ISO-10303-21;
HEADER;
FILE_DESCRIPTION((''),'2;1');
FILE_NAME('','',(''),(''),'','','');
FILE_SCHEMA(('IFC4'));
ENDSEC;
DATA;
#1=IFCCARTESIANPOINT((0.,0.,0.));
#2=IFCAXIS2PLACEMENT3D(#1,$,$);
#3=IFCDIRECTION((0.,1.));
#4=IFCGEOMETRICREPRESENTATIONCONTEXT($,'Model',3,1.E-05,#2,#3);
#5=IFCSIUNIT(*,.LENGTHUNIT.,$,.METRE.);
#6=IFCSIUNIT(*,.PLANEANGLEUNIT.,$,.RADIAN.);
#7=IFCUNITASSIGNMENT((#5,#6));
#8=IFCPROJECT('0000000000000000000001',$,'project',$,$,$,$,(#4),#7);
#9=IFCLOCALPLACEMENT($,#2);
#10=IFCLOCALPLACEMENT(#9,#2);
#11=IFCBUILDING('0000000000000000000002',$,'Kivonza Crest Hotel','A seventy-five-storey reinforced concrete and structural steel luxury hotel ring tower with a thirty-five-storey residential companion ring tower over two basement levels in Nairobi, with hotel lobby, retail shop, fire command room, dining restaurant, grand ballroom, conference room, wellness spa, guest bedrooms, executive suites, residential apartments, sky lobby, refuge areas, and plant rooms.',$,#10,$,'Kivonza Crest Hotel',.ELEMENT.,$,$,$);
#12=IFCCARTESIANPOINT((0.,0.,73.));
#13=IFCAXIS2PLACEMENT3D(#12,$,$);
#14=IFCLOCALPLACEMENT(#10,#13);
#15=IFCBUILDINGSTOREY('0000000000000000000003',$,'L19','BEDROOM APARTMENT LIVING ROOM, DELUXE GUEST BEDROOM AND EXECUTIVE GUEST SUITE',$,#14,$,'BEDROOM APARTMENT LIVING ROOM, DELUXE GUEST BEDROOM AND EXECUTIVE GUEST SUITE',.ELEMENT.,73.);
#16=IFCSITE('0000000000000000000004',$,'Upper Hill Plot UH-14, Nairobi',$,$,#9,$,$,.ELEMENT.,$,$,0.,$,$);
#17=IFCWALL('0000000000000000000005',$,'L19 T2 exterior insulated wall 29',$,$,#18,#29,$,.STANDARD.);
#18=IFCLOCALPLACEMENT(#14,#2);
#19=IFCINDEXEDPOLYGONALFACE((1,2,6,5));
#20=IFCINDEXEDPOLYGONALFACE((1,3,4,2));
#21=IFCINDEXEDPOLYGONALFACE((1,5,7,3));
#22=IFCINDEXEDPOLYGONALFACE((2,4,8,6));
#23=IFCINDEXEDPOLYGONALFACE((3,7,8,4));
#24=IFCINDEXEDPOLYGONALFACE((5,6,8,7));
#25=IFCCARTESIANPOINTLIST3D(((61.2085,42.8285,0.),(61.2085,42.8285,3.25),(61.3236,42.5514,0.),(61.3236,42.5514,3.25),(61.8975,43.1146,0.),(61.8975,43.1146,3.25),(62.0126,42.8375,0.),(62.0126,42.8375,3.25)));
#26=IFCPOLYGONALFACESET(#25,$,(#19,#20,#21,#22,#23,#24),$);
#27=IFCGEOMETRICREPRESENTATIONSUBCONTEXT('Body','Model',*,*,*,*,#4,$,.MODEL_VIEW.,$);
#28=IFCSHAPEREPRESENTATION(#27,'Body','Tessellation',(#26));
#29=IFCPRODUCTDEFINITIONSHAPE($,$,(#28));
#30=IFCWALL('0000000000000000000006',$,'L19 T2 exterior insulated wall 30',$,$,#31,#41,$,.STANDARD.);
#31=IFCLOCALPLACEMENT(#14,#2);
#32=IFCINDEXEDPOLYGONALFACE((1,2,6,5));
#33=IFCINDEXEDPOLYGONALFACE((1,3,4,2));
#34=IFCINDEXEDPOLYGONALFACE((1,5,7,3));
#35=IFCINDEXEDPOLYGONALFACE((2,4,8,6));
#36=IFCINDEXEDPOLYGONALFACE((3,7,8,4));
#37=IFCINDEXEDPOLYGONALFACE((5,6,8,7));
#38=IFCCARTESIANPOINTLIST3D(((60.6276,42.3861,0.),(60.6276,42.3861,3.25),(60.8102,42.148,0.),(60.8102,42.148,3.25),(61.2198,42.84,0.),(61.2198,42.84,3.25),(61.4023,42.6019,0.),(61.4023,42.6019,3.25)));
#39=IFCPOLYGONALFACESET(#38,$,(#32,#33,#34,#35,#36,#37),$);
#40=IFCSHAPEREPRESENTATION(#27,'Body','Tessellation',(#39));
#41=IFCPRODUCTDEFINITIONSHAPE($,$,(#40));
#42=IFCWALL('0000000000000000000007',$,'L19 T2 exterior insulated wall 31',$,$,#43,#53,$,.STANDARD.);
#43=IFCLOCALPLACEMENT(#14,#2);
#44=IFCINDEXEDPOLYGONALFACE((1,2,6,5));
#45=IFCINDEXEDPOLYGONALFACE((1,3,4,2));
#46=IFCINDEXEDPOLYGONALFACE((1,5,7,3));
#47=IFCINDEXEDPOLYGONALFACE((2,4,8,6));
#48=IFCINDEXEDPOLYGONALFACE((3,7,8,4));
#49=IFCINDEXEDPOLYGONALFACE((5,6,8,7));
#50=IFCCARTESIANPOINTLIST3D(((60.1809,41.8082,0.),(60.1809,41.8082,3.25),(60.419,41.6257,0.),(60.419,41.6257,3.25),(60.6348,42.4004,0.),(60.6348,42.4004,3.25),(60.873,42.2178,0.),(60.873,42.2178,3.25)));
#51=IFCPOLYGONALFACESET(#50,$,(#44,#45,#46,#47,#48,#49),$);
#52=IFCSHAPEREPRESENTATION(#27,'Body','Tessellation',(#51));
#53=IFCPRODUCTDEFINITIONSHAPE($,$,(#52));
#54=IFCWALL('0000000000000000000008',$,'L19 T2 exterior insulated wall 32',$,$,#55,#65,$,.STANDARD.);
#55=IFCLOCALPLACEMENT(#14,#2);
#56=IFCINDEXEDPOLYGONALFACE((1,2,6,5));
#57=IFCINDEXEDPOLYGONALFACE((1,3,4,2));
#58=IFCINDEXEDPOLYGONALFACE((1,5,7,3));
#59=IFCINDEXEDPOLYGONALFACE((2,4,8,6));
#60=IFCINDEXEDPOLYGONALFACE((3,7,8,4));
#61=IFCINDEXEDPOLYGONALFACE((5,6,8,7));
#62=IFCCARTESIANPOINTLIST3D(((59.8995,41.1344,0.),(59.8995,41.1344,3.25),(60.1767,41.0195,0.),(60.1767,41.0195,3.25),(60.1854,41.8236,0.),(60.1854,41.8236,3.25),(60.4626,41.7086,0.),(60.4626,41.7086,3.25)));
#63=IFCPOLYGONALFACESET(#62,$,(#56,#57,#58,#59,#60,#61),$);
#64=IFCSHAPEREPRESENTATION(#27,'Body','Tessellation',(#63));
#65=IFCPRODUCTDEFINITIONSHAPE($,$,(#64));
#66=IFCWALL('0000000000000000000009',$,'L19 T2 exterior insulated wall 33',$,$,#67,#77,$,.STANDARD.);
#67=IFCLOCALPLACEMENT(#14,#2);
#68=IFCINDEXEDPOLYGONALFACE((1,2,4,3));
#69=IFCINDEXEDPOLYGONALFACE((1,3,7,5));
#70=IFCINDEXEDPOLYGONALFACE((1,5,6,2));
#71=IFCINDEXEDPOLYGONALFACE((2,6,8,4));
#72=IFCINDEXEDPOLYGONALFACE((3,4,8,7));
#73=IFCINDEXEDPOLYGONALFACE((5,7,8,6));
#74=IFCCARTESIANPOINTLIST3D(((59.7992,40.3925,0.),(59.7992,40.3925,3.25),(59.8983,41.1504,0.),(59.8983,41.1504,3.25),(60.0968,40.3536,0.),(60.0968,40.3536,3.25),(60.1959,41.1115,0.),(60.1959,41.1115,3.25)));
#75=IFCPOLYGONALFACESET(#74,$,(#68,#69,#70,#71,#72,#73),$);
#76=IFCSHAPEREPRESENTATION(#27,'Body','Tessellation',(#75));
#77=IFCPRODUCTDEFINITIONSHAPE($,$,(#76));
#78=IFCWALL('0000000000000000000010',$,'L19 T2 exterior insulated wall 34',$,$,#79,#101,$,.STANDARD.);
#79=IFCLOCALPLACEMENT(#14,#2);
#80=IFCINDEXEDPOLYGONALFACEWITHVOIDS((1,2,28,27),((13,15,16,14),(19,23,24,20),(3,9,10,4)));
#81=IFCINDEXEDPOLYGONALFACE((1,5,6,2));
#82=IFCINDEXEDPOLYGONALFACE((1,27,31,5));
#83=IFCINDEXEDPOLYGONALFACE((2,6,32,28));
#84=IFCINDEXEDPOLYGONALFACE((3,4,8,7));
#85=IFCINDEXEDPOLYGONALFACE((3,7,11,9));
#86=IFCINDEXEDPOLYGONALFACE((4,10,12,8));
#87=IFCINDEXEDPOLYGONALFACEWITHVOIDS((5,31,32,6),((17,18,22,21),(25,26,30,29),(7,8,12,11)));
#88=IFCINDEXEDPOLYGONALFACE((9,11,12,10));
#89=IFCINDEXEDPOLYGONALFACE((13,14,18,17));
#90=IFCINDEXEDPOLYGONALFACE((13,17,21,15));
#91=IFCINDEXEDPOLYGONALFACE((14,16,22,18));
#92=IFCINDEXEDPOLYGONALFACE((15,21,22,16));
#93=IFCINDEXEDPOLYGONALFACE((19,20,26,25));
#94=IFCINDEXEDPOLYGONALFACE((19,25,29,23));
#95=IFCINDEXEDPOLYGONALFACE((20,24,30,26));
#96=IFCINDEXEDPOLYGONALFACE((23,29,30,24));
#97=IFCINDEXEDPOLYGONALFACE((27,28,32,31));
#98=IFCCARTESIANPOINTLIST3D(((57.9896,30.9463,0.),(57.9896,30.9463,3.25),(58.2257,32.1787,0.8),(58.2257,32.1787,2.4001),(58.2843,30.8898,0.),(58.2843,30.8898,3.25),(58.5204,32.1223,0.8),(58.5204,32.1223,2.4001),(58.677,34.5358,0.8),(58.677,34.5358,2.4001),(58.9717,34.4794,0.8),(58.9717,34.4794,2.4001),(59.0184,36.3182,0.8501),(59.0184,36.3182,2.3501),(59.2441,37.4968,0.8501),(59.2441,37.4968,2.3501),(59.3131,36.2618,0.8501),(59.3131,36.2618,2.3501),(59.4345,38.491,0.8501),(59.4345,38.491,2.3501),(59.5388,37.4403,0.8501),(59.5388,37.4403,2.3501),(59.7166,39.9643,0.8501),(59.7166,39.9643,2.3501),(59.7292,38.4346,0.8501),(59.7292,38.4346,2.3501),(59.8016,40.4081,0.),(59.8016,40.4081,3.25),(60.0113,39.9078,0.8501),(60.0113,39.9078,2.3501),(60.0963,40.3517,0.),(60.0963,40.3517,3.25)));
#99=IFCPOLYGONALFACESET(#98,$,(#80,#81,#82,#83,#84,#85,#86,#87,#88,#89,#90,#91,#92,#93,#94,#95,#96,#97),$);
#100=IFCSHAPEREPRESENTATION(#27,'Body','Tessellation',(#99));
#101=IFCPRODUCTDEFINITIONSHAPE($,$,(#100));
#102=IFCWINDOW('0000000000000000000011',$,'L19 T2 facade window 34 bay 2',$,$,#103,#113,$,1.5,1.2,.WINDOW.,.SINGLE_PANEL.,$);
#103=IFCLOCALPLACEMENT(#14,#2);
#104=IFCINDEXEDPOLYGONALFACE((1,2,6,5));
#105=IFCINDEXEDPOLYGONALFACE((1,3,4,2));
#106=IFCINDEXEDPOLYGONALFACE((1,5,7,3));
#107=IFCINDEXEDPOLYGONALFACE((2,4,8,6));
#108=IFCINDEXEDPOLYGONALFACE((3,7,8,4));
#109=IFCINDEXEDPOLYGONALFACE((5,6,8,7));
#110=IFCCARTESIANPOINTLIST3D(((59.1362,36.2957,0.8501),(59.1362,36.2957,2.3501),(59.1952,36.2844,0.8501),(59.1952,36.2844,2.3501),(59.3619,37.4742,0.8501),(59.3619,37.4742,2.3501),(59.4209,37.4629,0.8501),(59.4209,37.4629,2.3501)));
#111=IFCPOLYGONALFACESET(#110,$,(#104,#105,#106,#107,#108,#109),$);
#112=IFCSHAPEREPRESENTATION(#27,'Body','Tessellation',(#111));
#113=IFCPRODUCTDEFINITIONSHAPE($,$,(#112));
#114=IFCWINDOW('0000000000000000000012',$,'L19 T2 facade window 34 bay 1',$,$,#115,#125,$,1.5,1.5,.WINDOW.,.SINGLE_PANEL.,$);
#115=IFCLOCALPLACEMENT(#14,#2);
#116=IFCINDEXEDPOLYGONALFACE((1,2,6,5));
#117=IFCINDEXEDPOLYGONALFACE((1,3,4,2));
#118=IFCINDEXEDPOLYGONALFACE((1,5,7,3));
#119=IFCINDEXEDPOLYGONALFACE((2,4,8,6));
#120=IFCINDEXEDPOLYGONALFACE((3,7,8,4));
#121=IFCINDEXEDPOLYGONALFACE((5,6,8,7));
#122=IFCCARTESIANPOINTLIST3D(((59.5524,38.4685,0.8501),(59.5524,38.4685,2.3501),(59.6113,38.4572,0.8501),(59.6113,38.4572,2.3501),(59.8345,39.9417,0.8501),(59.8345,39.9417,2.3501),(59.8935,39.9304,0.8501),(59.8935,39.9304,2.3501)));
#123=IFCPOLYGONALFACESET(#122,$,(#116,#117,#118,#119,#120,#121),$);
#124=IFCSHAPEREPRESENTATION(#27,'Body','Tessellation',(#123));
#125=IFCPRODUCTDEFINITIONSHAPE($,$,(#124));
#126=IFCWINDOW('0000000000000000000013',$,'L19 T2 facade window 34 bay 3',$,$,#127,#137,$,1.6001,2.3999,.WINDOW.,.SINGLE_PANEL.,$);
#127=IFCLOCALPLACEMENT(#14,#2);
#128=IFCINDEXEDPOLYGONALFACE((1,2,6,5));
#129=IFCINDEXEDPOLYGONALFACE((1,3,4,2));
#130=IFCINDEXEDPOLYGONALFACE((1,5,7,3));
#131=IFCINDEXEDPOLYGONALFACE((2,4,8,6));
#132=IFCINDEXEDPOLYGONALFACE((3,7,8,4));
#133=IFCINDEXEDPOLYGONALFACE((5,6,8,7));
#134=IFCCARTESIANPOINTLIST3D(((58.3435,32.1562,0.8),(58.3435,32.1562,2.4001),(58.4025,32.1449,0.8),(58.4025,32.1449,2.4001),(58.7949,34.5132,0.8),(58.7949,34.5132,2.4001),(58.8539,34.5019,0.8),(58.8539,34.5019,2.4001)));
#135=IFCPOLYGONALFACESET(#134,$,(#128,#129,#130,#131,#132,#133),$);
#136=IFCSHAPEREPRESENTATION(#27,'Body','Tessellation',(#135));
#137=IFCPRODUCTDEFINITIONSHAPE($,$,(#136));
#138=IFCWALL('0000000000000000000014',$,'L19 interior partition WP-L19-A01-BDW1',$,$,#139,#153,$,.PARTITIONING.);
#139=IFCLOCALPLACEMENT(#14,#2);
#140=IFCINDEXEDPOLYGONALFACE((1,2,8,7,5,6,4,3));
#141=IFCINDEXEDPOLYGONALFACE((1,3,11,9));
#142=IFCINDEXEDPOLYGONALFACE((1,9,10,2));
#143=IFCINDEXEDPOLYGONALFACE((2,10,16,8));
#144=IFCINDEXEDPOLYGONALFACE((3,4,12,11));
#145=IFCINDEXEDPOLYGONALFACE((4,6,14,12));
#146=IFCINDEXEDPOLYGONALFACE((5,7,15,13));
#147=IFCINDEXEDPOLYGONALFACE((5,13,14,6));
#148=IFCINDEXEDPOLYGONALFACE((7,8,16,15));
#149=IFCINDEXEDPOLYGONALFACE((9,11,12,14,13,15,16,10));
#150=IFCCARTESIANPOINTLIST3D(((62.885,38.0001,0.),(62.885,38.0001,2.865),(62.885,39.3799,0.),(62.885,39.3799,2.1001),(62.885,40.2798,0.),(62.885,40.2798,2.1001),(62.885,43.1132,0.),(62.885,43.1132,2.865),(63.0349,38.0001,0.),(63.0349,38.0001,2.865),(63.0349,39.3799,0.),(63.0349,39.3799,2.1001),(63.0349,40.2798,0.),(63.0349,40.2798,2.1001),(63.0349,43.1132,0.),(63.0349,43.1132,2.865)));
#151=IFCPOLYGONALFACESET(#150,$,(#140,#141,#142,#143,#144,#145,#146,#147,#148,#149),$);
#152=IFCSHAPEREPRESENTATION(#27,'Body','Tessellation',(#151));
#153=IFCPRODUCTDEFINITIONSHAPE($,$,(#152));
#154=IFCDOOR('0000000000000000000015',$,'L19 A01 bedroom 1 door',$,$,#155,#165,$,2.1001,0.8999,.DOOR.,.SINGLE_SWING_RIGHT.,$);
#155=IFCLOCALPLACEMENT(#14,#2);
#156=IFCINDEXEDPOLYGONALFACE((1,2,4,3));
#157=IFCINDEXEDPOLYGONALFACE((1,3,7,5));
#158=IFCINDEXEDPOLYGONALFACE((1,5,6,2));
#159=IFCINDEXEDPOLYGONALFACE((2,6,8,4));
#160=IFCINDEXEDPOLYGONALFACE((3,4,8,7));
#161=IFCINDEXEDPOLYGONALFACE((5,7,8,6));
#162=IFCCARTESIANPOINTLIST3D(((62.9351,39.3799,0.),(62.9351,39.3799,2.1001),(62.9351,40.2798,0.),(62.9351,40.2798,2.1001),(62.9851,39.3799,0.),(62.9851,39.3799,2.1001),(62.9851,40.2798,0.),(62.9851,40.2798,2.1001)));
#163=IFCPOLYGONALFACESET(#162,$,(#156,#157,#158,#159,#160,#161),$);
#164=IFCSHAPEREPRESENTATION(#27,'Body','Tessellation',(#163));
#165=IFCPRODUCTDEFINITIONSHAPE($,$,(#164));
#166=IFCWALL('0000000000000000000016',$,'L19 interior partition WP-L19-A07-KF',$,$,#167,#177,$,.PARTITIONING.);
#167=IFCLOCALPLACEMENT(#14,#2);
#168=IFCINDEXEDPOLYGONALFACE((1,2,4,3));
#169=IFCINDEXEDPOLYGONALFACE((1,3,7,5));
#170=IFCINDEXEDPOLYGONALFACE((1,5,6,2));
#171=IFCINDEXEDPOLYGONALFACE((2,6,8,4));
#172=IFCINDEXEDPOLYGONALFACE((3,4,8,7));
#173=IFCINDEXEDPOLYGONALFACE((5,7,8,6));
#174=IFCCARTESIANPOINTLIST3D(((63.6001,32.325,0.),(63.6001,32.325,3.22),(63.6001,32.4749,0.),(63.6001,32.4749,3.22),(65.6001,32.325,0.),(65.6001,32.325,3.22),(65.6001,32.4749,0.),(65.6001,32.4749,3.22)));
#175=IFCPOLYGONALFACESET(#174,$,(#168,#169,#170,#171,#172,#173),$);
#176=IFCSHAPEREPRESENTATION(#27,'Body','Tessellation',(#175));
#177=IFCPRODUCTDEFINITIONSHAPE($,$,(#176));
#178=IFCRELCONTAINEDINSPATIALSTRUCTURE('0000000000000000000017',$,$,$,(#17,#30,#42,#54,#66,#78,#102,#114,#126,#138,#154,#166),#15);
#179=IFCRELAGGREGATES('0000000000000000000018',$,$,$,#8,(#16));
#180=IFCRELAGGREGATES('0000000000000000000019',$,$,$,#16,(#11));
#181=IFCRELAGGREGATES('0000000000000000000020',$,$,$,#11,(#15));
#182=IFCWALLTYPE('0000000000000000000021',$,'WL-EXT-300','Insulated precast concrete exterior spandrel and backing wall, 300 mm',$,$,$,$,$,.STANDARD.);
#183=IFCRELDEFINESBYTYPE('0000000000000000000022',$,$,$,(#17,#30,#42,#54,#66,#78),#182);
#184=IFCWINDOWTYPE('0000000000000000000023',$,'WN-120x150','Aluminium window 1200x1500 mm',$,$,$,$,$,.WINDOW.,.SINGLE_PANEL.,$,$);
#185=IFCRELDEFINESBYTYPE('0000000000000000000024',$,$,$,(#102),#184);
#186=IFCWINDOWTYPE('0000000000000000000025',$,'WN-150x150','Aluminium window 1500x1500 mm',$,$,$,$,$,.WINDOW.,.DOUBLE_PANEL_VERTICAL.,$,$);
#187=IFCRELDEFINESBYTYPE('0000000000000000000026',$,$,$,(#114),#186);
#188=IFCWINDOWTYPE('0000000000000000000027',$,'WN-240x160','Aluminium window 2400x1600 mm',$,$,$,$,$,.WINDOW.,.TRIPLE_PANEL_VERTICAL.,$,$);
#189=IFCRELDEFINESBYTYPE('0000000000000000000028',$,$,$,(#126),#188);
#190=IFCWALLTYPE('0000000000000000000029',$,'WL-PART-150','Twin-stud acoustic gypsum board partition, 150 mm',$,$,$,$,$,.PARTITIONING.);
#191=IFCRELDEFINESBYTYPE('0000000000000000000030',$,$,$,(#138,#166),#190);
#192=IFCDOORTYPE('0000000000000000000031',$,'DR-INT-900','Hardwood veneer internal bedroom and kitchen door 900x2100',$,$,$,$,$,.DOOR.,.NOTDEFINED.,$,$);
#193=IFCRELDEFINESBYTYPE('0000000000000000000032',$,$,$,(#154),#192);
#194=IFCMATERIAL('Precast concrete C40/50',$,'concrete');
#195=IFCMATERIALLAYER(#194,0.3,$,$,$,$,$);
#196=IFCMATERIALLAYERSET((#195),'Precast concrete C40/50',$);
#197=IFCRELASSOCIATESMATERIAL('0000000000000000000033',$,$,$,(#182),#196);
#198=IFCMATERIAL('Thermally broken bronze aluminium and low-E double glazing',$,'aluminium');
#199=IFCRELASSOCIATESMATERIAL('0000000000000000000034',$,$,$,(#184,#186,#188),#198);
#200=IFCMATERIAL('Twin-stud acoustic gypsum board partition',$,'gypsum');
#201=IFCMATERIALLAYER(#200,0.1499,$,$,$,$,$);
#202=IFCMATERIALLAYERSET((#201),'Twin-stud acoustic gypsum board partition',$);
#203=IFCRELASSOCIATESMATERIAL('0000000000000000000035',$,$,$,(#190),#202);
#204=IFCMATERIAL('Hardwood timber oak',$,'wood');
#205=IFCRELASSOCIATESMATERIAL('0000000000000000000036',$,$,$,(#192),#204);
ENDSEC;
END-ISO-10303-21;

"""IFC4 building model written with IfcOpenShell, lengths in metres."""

from ifc_helpers import new_model, si_unit, direction, frame, frame_2d, origin, place, context, subcontext, project, spatial, rectangle, extrude, material, layer, layer_set, type_object, element, fill, save


model = new_model("IFC4")

# Units and contexts
model_context = context("Model", 3, precision=1e-05, world=origin(), true_north=direction((0.0, 1.0)))
body_context = subcontext(model_context, "Body", "Model", "MODEL_VIEW")
ifc_project = project(units=[si_unit("LENGTHUNIT", "METRE"), si_unit("PLANEANGLEUNIT", "RADIAN")], contexts=[model_context])

# Site, building, storey
site_placement = place(None, origin())
site = spatial("IfcSite", under=ifc_project, at=site_placement, Name="Upper Hill Plot UH-14, Nairobi", CompositionType="ELEMENT", RefElevation=0.0)
building_placement = place(site_placement, origin())
building = spatial("IfcBuilding", under=site, at=building_placement, Name="Kivonza Crest Hotel", Description="A seventy-five-storey reinforced concrete and structural steel luxury hotel ring tower with a thirty-five-storey residential companion ring tower over two basement levels in Nairobi, with hotel lobby, retail shop, fire command room, dining restaurant, grand ballroom, conference room, wellness spa, guest bedrooms, executive suites, residential apartments, sky lobby, refuge areas, and plant rooms.", LongName="Kivonza Crest Hotel", CompositionType="ELEMENT")
storey_placement = place(building_placement, frame((0.0, 0.0, 73.0)))
storey = spatial("IfcBuildingStorey", under=building, at=storey_placement, Name="L19", Description="BEDROOM APARTMENT LIVING ROOM, DELUXE GUEST BEDROOM AND EXECUTIVE GUEST SUITE", LongName="BEDROOM APARTMENT LIVING ROOM, DELUXE GUEST BEDROOM AND EXECUTIVE GUEST SUITE", CompositionType="ELEMENT", Elevation=73.0)

# Walls
ifc_material_1 = material(Name="Precast concrete C40/50", Category="concrete")
ifc_layer_1 = layer(ifc_material_1, 0.3)
ifc_layer_set_1 = layer_set([ifc_layer_1], Name="Precast concrete C40/50")
wall_type_1 = type_object("IfcWallType", Name="WL-EXT-300", Description="Insulated precast concrete exterior spandrel and backing wall, 300 mm", PredefinedType="STANDARD", material=ifc_layer_set_1)
for number, where, z_axis, x_axis, name in (
    (1, (61.9551, 42.9761, 0.0), (0.0, 0.0, 1.0), (-0.923522, -0.383546, 0.0), "L19 T2 exterior insulated wall 29"),
    (2, (61.311, 42.7209, 0.0), (0.0, 0.0, 1.0), (-0.793633, -0.608397, 0.0), "L19 T2 exterior insulated wall 30"),
    (3, (60.7539, 42.3091, 0.0), (0.0, 0.0, 1.0), (-0.608397, -0.793633, 0.0), "L19 T2 exterior insulated wall 31"),
    (4, (60.324, 41.7661, 0.0), (0.0, 0.0, 1.0), (-0.383151, -0.923686, 0.0), "L19 T2 exterior insulated wall 32"),
):
    element("IfcWall", number, at=place(storey_placement, frame(where, z_axis=z_axis, x_axis=x_axis)), inside=storey, type_object=wall_type_1, Name=name, PredefinedType="STANDARD", context=body_context, shape_type="SweptSolid", body=[
        extrude(rectangle(XDim=0.7461, YDim=0.3, at=frame_2d((0.373, 0.0))), origin(), (0.0, 0.0, 1.0), 3.25),
    ])
wall_1_placement = place(storey_placement, frame((60.0471, 41.1311, 0.0), z_axis=(0.0, 0.0, 1.0), x_axis=(-0.129653, -0.991559, 0.0)))
element("IfcWall", 5, at=wall_1_placement, inside=storey, type_object=wall_type_1, Name="L19 T2 exterior insulated wall 33", PredefinedType="STANDARD", context=body_context, shape_type="SweptSolid", body=[
    extrude(rectangle(XDim=0.7644, YDim=0.3, at=frame_2d((0.3823, 0.0))), origin(), (0.0, 0.0, 1.0), 3.25),
])

# Wall, openings, windows
wall_2_placement = place(storey_placement, frame((59.949, 40.3799, 0.0), z_axis=(0.0, 0.0, 1.0), x_axis=(-0.188088, -0.982152, 0.0)))
wall_2 = element("IfcWall", 6, at=wall_2_placement, inside=storey, type_object=wall_type_1, Name="L19 T2 exterior insulated wall 34", PredefinedType="STANDARD", context=body_context, shape_type="SweptSolid", body=[
    extrude(rectangle(XDim=9.6338, YDim=0.3, at=frame_2d((4.8169, 0.0))), origin(), (0.0, 0.0, 1.0), 3.25),
])
opening_1_placement = place(wall_2_placement, frame((0.4519, 0.0, 0.8501)))
opening_1 = element("IfcOpeningElement", 7, at=opening_1_placement, cuts=wall_2, PredefinedType="OPENING", context=body_context, shape_type="SweptSolid", body=[
    extrude(rectangle(XDim=1.5, YDim=1.5, at=frame_2d((0.75, 0.75))), frame((0.0, 0.1602, 0.0), z_axis=(0.0, -1.0, 0.0), x_axis=(1.0, 0.0, 0.0)), (0.0, 0.0, 1.0), 0.3201),
])
opening_2_placement = place(wall_2_placement, frame((2.9641, 0.0, 0.8501)))
opening_2 = element("IfcOpeningElement", 8, at=opening_2_placement, cuts=wall_2, PredefinedType="OPENING", context=body_context, shape_type="SweptSolid", body=[
    extrude(rectangle(XDim=1.2, YDim=1.5, at=frame_2d((0.6001, 0.75))), frame((0.0, 0.1602, 0.0), z_axis=(0.0, -1.0, 0.0), x_axis=(1.0, 0.0, 0.0)), (0.0, 0.0, 1.0), 0.3201),
])
opening_3_placement = place(wall_2_placement, frame((5.979, 0.0, 0.8)))
opening_3 = element("IfcOpeningElement", 9, at=opening_3_placement, cuts=wall_2, PredefinedType="OPENING", context=body_context, shape_type="SweptSolid", body=[
    extrude(rectangle(XDim=2.3999, YDim=1.6001, at=frame_2d((1.2, 0.8))), frame((0.0, 0.1602, 0.0), z_axis=(0.0, -1.0, 0.0), x_axis=(1.0, 0.0, 0.0)), (0.0, 0.0, 1.0), 0.3201),
])
ifc_material_2 = material(Name="Thermally broken bronze aluminium and low-E double glazing", Category="aluminium")
window_type_1 = type_object("IfcWindowType", Name="WN-120x150", Description="Aluminium window 1200x1500 mm", PartitioningType="SINGLE_PANEL", PredefinedType="WINDOW", material=ifc_material_2)
window_1_placement = place(opening_2_placement, origin())
window_1 = element("IfcWindow", 10, at=window_1_placement, inside=storey, type_object=window_type_1, Name="L19 T2 facade window 34 bay 2", OverallHeight=1.5, OverallWidth=1.2, PartitioningType="SINGLE_PANEL", PredefinedType="WINDOW", context=body_context, shape_type="SweptSolid", body=[
    extrude(rectangle(XDim=1.2, YDim=1.5, at=frame_2d((0.6001, 0.75))), frame((0.0, 0.03, 0.0), z_axis=(0.0, -1.0, 0.0), x_axis=(1.0, 0.0, 0.0)), (0.0, 0.0, 1.0), 0.0601),
])
fill(opening_2, window_1)
window_type_2 = type_object("IfcWindowType", Name="WN-150x150", Description="Aluminium window 1500x1500 mm", PartitioningType="DOUBLE_PANEL_VERTICAL", PredefinedType="WINDOW", material=ifc_material_2)
window_2_placement = place(opening_1_placement, origin())
window_2 = element("IfcWindow", 11, at=window_2_placement, inside=storey, type_object=window_type_2, Name="L19 T2 facade window 34 bay 1", OverallHeight=1.5, OverallWidth=1.5, PartitioningType="SINGLE_PANEL", PredefinedType="WINDOW", context=body_context, shape_type="SweptSolid", body=[
    extrude(rectangle(XDim=1.5, YDim=1.5, at=frame_2d((0.75, 0.75))), frame((0.0, 0.03, 0.0), z_axis=(0.0, -1.0, 0.0), x_axis=(1.0, 0.0, 0.0)), (0.0, 0.0, 1.0), 0.0601),
])
fill(opening_1, window_2)
window_type_3 = type_object("IfcWindowType", Name="WN-240x160", Description="Aluminium window 2400x1600 mm", PartitioningType="TRIPLE_PANEL_VERTICAL", PredefinedType="WINDOW", material=ifc_material_2)
window_3_placement = place(opening_3_placement, origin())
window_3 = element("IfcWindow", 12, at=window_3_placement, inside=storey, type_object=window_type_3, Name="L19 T2 facade window 34 bay 3", OverallHeight=1.6001, OverallWidth=2.3999, PartitioningType="SINGLE_PANEL", PredefinedType="WINDOW", context=body_context, shape_type="SweptSolid", body=[
    extrude(rectangle(XDim=2.3999, YDim=1.6001, at=frame_2d((1.2, 0.8))), frame((0.0, 0.03, 0.0), z_axis=(0.0, -1.0, 0.0), x_axis=(1.0, 0.0, 0.0)), (0.0, 0.0, 1.0), 0.0601),
])
fill(opening_3, window_3)

# Wall, opening, door
ifc_material_3 = material(Name="Twin-stud acoustic gypsum board partition", Category="gypsum")
ifc_layer_2 = layer(ifc_material_3, 0.1499)
ifc_layer_set_2 = layer_set([ifc_layer_2], Name="Twin-stud acoustic gypsum board partition")
wall_type_2 = type_object("IfcWallType", Name="WL-PART-150", Description="Twin-stud acoustic gypsum board partition, 150 mm", PredefinedType="PARTITIONING", material=ifc_layer_set_2)
wall_3_placement = place(storey_placement, frame((62.96, 38.0, 0.0), z_axis=(0.0, 0.0, 1.0), x_axis=(0.0, 1.0, 0.0)))
wall_3 = element("IfcWall", 13, at=wall_3_placement, inside=storey, type_object=wall_type_2, Name="L19 interior partition WP-L19-A01-BDW1", PredefinedType="PARTITIONING", context=body_context, shape_type="SweptSolid", body=[
    extrude(rectangle(XDim=5.113, YDim=0.1499, at=frame_2d((2.5566, 0.0))), origin(), (0.0, 0.0, 1.0), 2.865),
])
opening_4_placement = place(wall_3_placement, frame((1.3799, 0.0, 0.0)))
opening_4 = element("IfcOpeningElement", 14, at=opening_4_placement, cuts=wall_3, PredefinedType="OPENING", context=body_context, shape_type="SweptSolid", body=[
    extrude(rectangle(XDim=0.8999, YDim=2.1001, at=frame_2d((0.45, 1.05))), frame((0.0, 0.085, 0.0), z_axis=(0.0, -1.0, 0.0), x_axis=(1.0, 0.0, 0.0)), (0.0, 0.0, 1.0), 0.1699),
])
ifc_material_4 = material(Name="Hardwood timber oak", Category="wood")
door_type_1 = type_object("IfcDoorType", Name="DR-INT-900", Description="Hardwood veneer internal bedroom and kitchen door 900x2100", OperationType="NOTDEFINED", PredefinedType="DOOR", material=ifc_material_4)
door_1_placement = place(opening_4_placement, origin())
door_1 = element("IfcDoor", 15, at=door_1_placement, inside=storey, type_object=door_type_1, Name="L19 A01 bedroom 1 door", OperationType="SINGLE_SWING_RIGHT", OverallHeight=2.1001, OverallWidth=0.8999, PredefinedType="DOOR", context=body_context, shape_type="SweptSolid", body=[
    extrude(rectangle(XDim=0.8999, YDim=2.1001, at=frame_2d((0.45, 1.05))), frame((0.0, 0.0249, 0.0), z_axis=(0.0, -1.0, 0.0), x_axis=(1.0, 0.0, 0.0)), (0.0, 0.0, 1.0), 0.05),
])
fill(opening_4, door_1)

# Wall
wall_4_placement = place(storey_placement, frame((63.6001, 32.3999, 0.0), z_axis=(0.0, 0.0, 1.0), x_axis=(1.0, 0.0, 0.0)))
element("IfcWall", 16, at=wall_4_placement, inside=storey, type_object=wall_type_2, Name="L19 interior partition WP-L19-A07-KF", PredefinedType="PARTITIONING", context=body_context, shape_type="SweptSolid", body=[
    extrude(rectangle(XDim=2.0, YDim=0.1499, at=frame_2d((1.0, 0.0))), origin(), (0.0, 0.0, 1.0), 3.22),
])

save(model, "model.ifc")
